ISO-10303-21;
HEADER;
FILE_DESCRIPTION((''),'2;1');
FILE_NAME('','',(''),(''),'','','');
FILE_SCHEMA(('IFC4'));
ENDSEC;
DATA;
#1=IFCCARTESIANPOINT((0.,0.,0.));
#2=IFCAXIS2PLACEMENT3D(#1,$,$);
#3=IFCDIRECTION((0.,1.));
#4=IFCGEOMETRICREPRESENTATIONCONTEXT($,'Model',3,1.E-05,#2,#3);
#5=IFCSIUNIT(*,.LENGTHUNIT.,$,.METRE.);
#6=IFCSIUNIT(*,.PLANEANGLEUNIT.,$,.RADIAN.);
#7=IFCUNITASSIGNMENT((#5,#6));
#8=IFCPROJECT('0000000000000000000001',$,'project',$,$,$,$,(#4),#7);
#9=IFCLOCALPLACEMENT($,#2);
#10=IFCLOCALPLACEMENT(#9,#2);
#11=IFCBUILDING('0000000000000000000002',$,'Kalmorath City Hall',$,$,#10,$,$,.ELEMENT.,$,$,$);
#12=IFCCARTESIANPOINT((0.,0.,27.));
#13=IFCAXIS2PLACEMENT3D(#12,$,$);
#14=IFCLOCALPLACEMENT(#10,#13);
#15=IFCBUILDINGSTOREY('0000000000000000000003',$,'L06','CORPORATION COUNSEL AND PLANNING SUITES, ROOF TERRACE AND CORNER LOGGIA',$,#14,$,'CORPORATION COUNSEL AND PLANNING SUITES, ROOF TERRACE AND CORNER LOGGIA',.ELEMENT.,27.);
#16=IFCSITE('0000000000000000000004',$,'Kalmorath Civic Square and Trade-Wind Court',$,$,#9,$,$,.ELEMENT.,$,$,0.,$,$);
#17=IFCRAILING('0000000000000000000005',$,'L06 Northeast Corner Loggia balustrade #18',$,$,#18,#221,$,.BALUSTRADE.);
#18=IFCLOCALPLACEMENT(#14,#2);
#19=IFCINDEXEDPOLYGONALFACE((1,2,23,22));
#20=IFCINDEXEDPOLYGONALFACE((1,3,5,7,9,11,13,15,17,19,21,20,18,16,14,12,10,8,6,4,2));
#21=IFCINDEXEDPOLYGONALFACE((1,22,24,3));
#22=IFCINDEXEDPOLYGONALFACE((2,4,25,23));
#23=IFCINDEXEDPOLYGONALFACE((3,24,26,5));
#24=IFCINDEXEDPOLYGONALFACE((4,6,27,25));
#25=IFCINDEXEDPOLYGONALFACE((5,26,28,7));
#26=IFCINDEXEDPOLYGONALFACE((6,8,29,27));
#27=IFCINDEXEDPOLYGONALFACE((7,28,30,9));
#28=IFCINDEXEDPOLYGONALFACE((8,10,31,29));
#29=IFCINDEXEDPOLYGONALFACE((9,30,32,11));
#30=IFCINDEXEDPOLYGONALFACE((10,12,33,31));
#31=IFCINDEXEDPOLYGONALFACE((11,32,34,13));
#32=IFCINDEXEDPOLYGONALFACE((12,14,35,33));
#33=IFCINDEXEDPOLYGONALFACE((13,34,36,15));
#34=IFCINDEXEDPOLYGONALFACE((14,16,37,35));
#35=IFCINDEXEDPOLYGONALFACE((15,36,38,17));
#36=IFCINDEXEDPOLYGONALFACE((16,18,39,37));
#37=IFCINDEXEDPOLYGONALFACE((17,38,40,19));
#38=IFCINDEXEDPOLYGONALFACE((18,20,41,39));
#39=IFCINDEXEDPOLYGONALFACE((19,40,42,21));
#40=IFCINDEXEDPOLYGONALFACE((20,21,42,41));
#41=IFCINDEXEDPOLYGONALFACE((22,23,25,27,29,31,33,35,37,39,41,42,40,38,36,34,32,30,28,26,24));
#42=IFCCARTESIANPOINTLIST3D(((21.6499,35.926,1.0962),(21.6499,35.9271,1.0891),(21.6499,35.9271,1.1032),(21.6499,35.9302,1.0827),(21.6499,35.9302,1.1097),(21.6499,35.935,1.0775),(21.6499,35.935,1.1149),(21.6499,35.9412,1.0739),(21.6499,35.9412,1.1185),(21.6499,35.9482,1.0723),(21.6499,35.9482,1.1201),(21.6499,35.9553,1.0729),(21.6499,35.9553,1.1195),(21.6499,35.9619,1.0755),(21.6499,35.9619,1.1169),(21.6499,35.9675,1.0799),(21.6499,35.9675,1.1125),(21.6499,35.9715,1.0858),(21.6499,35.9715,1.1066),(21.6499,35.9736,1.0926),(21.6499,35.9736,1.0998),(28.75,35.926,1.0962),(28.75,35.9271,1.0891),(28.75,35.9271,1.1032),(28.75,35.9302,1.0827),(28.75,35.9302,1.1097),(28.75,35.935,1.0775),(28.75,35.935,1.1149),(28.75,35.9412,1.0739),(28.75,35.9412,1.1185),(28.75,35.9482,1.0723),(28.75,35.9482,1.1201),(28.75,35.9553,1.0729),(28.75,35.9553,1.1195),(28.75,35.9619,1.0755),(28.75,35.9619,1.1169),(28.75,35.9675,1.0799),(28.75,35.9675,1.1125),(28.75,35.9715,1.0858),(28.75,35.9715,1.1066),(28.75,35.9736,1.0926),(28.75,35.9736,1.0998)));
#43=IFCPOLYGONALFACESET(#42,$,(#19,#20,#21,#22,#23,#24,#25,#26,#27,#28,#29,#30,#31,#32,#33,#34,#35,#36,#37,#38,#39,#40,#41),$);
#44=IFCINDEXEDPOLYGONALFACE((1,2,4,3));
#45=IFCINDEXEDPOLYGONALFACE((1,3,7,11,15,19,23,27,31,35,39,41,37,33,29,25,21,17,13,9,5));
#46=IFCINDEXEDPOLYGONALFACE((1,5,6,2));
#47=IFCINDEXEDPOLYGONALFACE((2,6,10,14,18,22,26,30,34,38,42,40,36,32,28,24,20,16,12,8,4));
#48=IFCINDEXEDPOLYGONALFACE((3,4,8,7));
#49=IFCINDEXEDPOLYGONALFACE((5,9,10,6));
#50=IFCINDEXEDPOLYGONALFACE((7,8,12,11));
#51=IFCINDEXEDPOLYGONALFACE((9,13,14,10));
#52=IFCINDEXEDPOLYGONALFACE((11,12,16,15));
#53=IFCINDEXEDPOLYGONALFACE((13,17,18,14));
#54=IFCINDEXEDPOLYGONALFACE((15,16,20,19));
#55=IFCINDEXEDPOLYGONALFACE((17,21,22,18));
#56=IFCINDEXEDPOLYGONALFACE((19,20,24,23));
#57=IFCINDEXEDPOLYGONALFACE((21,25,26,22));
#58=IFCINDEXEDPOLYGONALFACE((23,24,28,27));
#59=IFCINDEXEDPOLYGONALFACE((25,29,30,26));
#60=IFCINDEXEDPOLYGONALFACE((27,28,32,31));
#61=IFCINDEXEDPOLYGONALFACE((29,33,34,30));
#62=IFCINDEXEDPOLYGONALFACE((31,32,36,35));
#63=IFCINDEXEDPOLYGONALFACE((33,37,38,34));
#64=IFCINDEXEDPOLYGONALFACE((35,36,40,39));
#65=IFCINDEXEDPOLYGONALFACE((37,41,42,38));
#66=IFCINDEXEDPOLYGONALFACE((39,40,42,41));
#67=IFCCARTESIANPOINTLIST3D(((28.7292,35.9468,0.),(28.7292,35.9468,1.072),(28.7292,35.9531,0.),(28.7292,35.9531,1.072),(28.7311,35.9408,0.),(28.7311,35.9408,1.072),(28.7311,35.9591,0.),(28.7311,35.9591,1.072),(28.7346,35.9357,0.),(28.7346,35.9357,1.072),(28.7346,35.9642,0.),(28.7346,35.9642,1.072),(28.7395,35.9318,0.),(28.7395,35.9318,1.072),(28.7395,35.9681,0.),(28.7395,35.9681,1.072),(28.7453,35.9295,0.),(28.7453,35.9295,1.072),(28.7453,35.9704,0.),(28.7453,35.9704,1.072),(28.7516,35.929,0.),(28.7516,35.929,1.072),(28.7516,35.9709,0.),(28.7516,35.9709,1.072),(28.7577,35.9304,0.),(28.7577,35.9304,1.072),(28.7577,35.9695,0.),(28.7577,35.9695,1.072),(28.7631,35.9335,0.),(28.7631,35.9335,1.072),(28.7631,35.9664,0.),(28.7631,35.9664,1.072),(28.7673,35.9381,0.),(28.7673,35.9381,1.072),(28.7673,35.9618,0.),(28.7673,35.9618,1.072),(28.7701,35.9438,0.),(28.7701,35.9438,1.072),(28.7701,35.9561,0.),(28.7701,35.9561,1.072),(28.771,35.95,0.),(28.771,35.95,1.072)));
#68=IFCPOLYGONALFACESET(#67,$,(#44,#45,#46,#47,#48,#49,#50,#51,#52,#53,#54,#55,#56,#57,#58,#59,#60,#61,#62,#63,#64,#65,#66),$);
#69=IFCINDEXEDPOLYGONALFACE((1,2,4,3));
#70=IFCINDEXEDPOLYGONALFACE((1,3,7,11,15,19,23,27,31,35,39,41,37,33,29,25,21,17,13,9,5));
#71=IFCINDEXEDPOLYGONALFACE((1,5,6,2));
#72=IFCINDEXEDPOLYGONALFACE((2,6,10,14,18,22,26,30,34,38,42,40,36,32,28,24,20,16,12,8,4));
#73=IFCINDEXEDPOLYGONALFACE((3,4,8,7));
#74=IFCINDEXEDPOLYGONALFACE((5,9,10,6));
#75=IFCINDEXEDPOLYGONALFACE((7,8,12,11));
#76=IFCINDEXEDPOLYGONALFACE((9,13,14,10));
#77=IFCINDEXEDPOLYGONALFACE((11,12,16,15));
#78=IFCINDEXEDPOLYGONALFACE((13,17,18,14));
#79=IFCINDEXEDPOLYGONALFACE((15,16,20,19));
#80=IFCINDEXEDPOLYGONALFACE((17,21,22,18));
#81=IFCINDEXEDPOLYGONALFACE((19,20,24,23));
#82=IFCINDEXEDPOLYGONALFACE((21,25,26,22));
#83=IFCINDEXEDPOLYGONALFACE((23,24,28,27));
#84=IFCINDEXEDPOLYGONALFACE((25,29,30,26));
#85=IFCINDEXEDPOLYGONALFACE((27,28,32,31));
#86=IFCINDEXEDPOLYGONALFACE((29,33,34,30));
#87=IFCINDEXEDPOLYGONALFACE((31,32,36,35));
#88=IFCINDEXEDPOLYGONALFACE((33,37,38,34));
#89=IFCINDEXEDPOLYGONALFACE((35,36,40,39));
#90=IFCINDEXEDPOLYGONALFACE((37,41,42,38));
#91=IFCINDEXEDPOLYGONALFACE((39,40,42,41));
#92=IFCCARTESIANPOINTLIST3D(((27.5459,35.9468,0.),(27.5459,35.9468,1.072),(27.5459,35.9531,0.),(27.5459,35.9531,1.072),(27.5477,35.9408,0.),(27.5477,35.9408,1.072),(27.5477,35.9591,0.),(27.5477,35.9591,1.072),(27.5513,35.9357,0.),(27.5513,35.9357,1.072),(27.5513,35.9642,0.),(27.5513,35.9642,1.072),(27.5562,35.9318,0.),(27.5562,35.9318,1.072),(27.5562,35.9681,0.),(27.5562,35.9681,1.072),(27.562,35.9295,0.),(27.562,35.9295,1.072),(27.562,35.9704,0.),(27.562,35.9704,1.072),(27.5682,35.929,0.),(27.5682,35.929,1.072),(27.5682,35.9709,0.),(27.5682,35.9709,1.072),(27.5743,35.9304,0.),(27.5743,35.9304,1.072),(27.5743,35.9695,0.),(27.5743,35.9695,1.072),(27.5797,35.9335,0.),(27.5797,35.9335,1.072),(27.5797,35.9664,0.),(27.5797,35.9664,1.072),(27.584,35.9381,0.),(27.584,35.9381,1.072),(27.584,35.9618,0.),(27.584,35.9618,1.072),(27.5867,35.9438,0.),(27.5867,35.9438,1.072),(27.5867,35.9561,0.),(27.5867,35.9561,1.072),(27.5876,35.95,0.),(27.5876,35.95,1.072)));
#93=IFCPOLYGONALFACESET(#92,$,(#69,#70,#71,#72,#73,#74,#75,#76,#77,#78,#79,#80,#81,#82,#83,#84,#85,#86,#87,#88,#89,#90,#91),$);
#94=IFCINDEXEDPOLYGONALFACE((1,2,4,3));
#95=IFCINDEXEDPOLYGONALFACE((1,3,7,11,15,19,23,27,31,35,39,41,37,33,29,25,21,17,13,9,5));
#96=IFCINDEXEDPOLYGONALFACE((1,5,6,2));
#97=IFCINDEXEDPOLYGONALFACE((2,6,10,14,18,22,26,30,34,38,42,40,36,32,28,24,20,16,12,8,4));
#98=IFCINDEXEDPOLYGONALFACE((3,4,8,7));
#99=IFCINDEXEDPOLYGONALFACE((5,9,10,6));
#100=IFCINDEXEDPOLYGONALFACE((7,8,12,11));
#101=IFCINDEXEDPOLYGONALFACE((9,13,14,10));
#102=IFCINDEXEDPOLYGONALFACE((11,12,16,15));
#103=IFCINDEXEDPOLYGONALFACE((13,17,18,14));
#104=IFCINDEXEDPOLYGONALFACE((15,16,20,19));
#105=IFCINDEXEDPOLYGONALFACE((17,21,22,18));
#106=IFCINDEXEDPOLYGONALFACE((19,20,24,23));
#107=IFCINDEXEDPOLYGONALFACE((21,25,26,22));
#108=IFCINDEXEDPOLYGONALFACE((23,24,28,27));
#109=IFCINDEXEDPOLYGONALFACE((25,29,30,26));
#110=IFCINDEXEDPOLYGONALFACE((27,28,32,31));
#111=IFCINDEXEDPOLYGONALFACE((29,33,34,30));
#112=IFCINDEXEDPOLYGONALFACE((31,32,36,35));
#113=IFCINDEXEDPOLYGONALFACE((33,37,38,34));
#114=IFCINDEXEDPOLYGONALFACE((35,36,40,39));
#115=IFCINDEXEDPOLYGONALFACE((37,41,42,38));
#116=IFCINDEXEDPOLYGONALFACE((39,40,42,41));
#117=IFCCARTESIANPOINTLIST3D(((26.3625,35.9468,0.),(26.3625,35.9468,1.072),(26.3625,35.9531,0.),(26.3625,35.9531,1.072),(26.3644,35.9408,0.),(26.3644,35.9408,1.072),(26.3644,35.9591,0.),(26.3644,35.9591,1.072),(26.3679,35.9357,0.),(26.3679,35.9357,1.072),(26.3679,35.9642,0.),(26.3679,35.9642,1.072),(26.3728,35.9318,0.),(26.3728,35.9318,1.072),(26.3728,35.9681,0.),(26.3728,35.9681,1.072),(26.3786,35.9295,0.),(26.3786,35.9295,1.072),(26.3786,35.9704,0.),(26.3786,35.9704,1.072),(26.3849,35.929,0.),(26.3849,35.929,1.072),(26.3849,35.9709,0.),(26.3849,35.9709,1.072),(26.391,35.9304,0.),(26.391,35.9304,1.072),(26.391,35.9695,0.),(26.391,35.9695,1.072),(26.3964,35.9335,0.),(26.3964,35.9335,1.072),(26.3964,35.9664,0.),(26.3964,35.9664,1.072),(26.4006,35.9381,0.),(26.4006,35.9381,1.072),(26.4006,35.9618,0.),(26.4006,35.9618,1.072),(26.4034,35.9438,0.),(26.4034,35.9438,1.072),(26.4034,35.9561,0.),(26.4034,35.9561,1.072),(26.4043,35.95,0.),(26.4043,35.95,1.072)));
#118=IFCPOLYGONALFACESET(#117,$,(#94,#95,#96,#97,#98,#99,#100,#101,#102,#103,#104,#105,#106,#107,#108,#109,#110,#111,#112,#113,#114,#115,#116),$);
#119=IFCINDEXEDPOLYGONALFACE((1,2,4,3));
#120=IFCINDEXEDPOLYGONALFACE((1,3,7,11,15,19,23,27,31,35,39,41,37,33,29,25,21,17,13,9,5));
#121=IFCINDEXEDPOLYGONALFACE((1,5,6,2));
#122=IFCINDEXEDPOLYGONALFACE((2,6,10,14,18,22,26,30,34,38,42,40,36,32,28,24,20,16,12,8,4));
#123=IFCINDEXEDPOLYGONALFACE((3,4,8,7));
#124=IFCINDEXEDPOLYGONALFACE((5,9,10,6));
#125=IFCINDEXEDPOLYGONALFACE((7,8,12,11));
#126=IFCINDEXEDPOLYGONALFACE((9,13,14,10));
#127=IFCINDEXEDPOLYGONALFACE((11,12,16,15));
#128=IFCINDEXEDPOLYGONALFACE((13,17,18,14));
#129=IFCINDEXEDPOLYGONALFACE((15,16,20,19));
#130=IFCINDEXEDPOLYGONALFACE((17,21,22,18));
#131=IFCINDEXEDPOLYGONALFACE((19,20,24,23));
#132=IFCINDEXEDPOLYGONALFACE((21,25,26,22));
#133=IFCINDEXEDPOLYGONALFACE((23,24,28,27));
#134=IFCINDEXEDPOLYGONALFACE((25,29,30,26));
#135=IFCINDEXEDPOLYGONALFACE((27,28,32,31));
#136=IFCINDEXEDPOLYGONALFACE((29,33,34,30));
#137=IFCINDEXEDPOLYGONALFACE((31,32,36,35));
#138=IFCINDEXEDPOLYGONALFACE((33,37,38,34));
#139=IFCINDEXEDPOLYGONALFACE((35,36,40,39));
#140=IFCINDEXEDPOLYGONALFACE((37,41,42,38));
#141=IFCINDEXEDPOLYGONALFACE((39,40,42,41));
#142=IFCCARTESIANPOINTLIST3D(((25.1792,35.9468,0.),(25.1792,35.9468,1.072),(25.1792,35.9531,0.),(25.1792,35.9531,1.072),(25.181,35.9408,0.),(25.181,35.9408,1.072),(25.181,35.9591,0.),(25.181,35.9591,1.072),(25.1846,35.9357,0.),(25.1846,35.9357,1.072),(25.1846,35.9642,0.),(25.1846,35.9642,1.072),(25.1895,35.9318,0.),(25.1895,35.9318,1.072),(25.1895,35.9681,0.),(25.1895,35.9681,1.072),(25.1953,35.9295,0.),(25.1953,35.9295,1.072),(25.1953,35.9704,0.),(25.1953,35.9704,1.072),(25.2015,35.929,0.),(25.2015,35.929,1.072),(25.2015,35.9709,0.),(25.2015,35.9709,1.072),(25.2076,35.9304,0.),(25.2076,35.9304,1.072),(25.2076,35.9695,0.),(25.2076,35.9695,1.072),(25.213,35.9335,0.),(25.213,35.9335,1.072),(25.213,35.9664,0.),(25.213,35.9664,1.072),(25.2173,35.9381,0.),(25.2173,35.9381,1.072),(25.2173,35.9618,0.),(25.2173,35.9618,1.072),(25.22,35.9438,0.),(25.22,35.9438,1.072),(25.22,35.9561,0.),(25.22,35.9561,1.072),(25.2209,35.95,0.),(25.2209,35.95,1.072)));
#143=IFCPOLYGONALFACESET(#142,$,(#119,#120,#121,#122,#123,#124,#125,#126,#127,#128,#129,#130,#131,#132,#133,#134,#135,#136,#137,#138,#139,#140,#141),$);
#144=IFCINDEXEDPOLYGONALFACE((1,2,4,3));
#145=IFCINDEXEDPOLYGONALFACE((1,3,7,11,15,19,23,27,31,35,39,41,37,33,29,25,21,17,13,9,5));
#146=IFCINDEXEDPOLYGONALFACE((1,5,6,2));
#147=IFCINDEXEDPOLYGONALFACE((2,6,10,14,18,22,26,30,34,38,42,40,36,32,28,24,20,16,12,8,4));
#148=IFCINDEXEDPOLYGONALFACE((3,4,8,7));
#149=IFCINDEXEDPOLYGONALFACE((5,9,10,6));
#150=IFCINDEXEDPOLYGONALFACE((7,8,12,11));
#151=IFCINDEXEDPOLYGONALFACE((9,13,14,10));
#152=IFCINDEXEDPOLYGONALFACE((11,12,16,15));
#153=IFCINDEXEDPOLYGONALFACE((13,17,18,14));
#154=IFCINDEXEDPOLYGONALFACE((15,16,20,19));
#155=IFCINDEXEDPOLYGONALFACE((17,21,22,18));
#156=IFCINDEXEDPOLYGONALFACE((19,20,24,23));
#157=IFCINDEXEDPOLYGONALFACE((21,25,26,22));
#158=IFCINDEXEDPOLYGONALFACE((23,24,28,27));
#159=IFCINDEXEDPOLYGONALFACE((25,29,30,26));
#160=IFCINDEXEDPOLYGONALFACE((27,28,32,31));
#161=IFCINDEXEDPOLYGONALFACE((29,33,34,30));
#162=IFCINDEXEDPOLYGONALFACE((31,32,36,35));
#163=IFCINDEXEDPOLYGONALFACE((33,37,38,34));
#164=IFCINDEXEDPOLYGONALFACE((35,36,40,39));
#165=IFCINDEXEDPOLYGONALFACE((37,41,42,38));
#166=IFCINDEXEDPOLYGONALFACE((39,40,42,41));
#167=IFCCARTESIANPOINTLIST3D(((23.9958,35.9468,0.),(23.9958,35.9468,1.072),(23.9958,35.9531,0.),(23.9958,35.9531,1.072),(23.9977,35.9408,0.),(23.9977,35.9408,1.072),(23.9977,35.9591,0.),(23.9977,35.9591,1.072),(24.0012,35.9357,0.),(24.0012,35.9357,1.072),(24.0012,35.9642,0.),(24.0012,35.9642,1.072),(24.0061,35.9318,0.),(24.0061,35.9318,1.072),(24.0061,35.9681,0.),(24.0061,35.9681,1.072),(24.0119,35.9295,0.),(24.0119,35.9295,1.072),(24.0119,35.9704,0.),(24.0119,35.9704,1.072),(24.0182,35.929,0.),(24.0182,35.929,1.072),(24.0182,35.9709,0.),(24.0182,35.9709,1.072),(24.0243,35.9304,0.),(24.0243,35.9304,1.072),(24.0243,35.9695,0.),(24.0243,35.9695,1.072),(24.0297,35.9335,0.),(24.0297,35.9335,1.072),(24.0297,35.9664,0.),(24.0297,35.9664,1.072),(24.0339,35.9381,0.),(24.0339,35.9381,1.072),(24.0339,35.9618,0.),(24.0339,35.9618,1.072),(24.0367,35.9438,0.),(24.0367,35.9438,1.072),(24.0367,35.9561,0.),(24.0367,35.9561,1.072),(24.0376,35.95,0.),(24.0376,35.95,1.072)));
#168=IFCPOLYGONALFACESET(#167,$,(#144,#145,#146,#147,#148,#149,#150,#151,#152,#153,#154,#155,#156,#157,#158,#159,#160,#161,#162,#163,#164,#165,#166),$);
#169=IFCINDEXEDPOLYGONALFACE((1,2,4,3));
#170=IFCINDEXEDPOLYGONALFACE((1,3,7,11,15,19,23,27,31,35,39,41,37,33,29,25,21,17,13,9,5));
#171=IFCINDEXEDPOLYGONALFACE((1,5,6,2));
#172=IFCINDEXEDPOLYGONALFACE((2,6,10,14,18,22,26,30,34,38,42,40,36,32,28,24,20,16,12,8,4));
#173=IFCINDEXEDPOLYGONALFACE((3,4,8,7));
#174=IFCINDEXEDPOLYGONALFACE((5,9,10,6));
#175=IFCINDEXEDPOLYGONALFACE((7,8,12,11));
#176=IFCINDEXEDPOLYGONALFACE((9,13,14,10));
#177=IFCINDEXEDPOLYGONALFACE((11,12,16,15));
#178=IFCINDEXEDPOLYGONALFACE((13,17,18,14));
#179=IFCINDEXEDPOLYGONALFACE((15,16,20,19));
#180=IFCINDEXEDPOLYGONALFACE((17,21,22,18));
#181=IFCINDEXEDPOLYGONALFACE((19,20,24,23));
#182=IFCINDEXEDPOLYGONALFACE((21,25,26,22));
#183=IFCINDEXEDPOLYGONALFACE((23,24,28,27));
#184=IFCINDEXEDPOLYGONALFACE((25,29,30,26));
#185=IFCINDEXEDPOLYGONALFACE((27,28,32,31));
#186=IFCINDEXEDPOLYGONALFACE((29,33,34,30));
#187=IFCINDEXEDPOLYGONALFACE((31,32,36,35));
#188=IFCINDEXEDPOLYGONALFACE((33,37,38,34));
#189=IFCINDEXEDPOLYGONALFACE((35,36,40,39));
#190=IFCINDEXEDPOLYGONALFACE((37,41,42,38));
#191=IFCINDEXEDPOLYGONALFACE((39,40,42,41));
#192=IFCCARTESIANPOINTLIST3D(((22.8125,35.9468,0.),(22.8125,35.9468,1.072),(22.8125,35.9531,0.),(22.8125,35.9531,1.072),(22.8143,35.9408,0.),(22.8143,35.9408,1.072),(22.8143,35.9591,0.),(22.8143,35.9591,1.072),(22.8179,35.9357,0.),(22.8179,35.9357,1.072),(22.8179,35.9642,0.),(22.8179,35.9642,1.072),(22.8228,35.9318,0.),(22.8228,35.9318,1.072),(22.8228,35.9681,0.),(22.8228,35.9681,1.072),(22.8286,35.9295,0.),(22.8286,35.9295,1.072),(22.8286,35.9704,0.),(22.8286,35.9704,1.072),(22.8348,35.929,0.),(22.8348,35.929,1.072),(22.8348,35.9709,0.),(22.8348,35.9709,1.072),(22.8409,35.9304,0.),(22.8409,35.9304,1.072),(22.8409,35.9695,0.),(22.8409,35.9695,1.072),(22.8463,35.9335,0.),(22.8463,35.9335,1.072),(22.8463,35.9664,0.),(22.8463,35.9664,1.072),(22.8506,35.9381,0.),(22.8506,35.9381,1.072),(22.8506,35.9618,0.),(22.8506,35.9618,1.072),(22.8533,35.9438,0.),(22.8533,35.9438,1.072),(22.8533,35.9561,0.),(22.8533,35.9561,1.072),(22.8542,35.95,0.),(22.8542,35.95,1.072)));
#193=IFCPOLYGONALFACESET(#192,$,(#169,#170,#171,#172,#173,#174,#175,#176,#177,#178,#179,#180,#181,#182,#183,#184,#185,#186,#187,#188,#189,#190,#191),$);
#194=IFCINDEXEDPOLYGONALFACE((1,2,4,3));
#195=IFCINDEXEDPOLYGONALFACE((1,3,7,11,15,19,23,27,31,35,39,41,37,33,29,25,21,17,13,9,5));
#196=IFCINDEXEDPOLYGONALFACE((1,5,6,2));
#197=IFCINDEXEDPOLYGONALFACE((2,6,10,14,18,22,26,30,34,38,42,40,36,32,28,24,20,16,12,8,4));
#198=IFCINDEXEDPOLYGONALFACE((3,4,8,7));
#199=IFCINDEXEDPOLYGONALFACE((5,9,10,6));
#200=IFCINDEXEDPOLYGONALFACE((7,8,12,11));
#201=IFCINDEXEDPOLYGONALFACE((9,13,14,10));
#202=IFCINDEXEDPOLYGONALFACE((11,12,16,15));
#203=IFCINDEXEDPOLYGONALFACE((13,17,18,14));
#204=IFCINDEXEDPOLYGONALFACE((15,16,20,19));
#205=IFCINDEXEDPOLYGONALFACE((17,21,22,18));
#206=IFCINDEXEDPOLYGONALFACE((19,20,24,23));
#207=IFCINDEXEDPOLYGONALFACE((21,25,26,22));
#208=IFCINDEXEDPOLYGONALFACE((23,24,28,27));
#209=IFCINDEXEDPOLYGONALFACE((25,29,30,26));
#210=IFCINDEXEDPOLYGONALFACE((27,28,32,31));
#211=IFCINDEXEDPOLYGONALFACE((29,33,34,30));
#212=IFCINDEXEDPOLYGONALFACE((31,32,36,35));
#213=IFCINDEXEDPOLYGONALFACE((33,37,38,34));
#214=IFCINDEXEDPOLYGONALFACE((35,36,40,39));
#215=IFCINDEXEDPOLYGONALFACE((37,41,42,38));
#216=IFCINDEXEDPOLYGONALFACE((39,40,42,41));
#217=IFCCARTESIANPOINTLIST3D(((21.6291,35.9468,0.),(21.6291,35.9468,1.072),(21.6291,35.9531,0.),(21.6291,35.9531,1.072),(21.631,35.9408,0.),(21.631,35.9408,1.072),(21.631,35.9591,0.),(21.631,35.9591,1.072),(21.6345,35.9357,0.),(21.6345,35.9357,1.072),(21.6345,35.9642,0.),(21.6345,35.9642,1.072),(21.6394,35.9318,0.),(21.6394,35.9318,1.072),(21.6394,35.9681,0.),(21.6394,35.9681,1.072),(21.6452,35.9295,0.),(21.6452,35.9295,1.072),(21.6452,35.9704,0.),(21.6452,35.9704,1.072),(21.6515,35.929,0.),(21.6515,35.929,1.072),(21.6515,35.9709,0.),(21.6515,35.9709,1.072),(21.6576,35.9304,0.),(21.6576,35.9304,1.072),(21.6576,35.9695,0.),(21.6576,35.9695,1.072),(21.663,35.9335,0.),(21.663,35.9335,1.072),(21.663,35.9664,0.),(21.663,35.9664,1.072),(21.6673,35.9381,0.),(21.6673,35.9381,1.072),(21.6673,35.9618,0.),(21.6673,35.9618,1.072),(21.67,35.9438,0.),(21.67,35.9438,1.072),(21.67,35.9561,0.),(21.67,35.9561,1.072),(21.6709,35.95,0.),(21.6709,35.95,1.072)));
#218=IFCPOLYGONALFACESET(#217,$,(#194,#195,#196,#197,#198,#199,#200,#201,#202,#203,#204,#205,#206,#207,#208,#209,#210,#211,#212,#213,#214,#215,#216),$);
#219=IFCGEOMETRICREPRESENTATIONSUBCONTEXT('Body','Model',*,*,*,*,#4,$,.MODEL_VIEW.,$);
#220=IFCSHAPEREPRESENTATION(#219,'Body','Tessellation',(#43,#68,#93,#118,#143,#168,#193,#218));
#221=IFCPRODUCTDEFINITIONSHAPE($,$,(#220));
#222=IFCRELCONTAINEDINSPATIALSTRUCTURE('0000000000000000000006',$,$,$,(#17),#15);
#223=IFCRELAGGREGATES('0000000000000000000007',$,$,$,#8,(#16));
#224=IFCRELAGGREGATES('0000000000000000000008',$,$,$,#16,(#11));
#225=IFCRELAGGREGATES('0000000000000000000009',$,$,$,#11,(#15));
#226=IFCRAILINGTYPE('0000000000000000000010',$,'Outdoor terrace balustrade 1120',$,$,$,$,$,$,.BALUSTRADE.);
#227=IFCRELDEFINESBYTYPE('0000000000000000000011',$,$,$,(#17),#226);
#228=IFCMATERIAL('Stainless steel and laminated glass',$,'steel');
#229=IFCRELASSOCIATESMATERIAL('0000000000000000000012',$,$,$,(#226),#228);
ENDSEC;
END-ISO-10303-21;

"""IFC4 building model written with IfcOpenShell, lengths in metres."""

from ifc_helpers import new_model, si_unit, direction, frame, origin, origin_2d, place, context, subcontext, project, spatial, circle, extrude, material, type_object, element, save


model = new_model("IFC4")

# Units and contexts
model_context = context("Model", 3, precision=1e-05, world=origin(), true_north=direction((0.0, 1.0)))
body_context = subcontext(model_context, "Body", "Model", "MODEL_VIEW")
ifc_project = project(units=[si_unit("LENGTHUNIT", "METRE"), si_unit("PLANEANGLEUNIT", "RADIAN")], contexts=[model_context])

# Site, building, storey
site_placement = place(None, origin())
site = spatial("IfcSite", under=ifc_project, at=site_placement, Name="Kalmorath Civic Square and Trade-Wind Court", CompositionType="ELEMENT", RefElevation=0.0)
building_placement = place(site_placement, origin())
building = spatial("IfcBuilding", under=site, at=building_placement, Name="Kalmorath City Hall", CompositionType="ELEMENT")
storey_placement = place(building_placement, frame((0.0, 0.0, 27.0)))
storey = spatial("IfcBuildingStorey", under=building, at=storey_placement, Name="L06", Description="CORPORATION COUNSEL AND PLANNING SUITES, ROOF TERRACE AND CORNER LOGGIA", LongName="CORPORATION COUNSEL AND PLANNING SUITES, ROOF TERRACE AND CORNER LOGGIA", CompositionType="ELEMENT", Elevation=27.0)

# Railing
ifc_material_1 = material(Name="Stainless steel and laminated glass", Category="steel")
railing_type = type_object("IfcRailingType", Name="Outdoor terrace balustrade 1120", PredefinedType="BALUSTRADE", material=ifc_material_1)
railing_1_placement = place(storey_placement, frame((28.75, 35.95, 0.0)))
element("IfcRailing", 1, at=railing_1_placement, inside=storey, type_object=railing_type, Name="L06 Northeast Corner Loggia balustrade #18", PredefinedType="BALUSTRADE", context=body_context, shape_type="SweptSolid", body=[
    extrude(circle(Radius=0.0239, at=origin_2d()), frame((0.0, 0.0, 1.0962), z_axis=(-1.0, 0.0, 0.0), x_axis=(0.0, -1.0, 0.0)), (0.0, 0.0, 1.0), 7.1001),
    extrude(circle(Radius=0.021, at=origin_2d()), origin(), (0.0, 0.0, 1.0), 1.072),
    extrude(circle(Radius=0.021, at=origin_2d()), frame((-1.1833, 0.0, 0.0)), (0.0, 0.0, 1.0), 1.072),
    extrude(circle(Radius=0.021, at=origin_2d()), frame((-2.3667, 0.0, 0.0)), (0.0, 0.0, 1.0), 1.072),
    extrude(circle(Radius=0.021, at=origin_2d()), frame((-3.55, 0.0, 0.0)), (0.0, 0.0, 1.0), 1.072),
    extrude(circle(Radius=0.021, at=origin_2d()), frame((-4.7334, 0.0, 0.0)), (0.0, 0.0, 1.0), 1.072),
    extrude(circle(Radius=0.021, at=origin_2d()), frame((-5.9167, 0.0, 0.0)), (0.0, 0.0, 1.0), 1.072),
    extrude(circle(Radius=0.021, at=origin_2d()), frame((-7.1001, 0.0, 0.0)), (0.0, 0.0, 1.0), 1.072),
])

save(model, "model.ifc")
